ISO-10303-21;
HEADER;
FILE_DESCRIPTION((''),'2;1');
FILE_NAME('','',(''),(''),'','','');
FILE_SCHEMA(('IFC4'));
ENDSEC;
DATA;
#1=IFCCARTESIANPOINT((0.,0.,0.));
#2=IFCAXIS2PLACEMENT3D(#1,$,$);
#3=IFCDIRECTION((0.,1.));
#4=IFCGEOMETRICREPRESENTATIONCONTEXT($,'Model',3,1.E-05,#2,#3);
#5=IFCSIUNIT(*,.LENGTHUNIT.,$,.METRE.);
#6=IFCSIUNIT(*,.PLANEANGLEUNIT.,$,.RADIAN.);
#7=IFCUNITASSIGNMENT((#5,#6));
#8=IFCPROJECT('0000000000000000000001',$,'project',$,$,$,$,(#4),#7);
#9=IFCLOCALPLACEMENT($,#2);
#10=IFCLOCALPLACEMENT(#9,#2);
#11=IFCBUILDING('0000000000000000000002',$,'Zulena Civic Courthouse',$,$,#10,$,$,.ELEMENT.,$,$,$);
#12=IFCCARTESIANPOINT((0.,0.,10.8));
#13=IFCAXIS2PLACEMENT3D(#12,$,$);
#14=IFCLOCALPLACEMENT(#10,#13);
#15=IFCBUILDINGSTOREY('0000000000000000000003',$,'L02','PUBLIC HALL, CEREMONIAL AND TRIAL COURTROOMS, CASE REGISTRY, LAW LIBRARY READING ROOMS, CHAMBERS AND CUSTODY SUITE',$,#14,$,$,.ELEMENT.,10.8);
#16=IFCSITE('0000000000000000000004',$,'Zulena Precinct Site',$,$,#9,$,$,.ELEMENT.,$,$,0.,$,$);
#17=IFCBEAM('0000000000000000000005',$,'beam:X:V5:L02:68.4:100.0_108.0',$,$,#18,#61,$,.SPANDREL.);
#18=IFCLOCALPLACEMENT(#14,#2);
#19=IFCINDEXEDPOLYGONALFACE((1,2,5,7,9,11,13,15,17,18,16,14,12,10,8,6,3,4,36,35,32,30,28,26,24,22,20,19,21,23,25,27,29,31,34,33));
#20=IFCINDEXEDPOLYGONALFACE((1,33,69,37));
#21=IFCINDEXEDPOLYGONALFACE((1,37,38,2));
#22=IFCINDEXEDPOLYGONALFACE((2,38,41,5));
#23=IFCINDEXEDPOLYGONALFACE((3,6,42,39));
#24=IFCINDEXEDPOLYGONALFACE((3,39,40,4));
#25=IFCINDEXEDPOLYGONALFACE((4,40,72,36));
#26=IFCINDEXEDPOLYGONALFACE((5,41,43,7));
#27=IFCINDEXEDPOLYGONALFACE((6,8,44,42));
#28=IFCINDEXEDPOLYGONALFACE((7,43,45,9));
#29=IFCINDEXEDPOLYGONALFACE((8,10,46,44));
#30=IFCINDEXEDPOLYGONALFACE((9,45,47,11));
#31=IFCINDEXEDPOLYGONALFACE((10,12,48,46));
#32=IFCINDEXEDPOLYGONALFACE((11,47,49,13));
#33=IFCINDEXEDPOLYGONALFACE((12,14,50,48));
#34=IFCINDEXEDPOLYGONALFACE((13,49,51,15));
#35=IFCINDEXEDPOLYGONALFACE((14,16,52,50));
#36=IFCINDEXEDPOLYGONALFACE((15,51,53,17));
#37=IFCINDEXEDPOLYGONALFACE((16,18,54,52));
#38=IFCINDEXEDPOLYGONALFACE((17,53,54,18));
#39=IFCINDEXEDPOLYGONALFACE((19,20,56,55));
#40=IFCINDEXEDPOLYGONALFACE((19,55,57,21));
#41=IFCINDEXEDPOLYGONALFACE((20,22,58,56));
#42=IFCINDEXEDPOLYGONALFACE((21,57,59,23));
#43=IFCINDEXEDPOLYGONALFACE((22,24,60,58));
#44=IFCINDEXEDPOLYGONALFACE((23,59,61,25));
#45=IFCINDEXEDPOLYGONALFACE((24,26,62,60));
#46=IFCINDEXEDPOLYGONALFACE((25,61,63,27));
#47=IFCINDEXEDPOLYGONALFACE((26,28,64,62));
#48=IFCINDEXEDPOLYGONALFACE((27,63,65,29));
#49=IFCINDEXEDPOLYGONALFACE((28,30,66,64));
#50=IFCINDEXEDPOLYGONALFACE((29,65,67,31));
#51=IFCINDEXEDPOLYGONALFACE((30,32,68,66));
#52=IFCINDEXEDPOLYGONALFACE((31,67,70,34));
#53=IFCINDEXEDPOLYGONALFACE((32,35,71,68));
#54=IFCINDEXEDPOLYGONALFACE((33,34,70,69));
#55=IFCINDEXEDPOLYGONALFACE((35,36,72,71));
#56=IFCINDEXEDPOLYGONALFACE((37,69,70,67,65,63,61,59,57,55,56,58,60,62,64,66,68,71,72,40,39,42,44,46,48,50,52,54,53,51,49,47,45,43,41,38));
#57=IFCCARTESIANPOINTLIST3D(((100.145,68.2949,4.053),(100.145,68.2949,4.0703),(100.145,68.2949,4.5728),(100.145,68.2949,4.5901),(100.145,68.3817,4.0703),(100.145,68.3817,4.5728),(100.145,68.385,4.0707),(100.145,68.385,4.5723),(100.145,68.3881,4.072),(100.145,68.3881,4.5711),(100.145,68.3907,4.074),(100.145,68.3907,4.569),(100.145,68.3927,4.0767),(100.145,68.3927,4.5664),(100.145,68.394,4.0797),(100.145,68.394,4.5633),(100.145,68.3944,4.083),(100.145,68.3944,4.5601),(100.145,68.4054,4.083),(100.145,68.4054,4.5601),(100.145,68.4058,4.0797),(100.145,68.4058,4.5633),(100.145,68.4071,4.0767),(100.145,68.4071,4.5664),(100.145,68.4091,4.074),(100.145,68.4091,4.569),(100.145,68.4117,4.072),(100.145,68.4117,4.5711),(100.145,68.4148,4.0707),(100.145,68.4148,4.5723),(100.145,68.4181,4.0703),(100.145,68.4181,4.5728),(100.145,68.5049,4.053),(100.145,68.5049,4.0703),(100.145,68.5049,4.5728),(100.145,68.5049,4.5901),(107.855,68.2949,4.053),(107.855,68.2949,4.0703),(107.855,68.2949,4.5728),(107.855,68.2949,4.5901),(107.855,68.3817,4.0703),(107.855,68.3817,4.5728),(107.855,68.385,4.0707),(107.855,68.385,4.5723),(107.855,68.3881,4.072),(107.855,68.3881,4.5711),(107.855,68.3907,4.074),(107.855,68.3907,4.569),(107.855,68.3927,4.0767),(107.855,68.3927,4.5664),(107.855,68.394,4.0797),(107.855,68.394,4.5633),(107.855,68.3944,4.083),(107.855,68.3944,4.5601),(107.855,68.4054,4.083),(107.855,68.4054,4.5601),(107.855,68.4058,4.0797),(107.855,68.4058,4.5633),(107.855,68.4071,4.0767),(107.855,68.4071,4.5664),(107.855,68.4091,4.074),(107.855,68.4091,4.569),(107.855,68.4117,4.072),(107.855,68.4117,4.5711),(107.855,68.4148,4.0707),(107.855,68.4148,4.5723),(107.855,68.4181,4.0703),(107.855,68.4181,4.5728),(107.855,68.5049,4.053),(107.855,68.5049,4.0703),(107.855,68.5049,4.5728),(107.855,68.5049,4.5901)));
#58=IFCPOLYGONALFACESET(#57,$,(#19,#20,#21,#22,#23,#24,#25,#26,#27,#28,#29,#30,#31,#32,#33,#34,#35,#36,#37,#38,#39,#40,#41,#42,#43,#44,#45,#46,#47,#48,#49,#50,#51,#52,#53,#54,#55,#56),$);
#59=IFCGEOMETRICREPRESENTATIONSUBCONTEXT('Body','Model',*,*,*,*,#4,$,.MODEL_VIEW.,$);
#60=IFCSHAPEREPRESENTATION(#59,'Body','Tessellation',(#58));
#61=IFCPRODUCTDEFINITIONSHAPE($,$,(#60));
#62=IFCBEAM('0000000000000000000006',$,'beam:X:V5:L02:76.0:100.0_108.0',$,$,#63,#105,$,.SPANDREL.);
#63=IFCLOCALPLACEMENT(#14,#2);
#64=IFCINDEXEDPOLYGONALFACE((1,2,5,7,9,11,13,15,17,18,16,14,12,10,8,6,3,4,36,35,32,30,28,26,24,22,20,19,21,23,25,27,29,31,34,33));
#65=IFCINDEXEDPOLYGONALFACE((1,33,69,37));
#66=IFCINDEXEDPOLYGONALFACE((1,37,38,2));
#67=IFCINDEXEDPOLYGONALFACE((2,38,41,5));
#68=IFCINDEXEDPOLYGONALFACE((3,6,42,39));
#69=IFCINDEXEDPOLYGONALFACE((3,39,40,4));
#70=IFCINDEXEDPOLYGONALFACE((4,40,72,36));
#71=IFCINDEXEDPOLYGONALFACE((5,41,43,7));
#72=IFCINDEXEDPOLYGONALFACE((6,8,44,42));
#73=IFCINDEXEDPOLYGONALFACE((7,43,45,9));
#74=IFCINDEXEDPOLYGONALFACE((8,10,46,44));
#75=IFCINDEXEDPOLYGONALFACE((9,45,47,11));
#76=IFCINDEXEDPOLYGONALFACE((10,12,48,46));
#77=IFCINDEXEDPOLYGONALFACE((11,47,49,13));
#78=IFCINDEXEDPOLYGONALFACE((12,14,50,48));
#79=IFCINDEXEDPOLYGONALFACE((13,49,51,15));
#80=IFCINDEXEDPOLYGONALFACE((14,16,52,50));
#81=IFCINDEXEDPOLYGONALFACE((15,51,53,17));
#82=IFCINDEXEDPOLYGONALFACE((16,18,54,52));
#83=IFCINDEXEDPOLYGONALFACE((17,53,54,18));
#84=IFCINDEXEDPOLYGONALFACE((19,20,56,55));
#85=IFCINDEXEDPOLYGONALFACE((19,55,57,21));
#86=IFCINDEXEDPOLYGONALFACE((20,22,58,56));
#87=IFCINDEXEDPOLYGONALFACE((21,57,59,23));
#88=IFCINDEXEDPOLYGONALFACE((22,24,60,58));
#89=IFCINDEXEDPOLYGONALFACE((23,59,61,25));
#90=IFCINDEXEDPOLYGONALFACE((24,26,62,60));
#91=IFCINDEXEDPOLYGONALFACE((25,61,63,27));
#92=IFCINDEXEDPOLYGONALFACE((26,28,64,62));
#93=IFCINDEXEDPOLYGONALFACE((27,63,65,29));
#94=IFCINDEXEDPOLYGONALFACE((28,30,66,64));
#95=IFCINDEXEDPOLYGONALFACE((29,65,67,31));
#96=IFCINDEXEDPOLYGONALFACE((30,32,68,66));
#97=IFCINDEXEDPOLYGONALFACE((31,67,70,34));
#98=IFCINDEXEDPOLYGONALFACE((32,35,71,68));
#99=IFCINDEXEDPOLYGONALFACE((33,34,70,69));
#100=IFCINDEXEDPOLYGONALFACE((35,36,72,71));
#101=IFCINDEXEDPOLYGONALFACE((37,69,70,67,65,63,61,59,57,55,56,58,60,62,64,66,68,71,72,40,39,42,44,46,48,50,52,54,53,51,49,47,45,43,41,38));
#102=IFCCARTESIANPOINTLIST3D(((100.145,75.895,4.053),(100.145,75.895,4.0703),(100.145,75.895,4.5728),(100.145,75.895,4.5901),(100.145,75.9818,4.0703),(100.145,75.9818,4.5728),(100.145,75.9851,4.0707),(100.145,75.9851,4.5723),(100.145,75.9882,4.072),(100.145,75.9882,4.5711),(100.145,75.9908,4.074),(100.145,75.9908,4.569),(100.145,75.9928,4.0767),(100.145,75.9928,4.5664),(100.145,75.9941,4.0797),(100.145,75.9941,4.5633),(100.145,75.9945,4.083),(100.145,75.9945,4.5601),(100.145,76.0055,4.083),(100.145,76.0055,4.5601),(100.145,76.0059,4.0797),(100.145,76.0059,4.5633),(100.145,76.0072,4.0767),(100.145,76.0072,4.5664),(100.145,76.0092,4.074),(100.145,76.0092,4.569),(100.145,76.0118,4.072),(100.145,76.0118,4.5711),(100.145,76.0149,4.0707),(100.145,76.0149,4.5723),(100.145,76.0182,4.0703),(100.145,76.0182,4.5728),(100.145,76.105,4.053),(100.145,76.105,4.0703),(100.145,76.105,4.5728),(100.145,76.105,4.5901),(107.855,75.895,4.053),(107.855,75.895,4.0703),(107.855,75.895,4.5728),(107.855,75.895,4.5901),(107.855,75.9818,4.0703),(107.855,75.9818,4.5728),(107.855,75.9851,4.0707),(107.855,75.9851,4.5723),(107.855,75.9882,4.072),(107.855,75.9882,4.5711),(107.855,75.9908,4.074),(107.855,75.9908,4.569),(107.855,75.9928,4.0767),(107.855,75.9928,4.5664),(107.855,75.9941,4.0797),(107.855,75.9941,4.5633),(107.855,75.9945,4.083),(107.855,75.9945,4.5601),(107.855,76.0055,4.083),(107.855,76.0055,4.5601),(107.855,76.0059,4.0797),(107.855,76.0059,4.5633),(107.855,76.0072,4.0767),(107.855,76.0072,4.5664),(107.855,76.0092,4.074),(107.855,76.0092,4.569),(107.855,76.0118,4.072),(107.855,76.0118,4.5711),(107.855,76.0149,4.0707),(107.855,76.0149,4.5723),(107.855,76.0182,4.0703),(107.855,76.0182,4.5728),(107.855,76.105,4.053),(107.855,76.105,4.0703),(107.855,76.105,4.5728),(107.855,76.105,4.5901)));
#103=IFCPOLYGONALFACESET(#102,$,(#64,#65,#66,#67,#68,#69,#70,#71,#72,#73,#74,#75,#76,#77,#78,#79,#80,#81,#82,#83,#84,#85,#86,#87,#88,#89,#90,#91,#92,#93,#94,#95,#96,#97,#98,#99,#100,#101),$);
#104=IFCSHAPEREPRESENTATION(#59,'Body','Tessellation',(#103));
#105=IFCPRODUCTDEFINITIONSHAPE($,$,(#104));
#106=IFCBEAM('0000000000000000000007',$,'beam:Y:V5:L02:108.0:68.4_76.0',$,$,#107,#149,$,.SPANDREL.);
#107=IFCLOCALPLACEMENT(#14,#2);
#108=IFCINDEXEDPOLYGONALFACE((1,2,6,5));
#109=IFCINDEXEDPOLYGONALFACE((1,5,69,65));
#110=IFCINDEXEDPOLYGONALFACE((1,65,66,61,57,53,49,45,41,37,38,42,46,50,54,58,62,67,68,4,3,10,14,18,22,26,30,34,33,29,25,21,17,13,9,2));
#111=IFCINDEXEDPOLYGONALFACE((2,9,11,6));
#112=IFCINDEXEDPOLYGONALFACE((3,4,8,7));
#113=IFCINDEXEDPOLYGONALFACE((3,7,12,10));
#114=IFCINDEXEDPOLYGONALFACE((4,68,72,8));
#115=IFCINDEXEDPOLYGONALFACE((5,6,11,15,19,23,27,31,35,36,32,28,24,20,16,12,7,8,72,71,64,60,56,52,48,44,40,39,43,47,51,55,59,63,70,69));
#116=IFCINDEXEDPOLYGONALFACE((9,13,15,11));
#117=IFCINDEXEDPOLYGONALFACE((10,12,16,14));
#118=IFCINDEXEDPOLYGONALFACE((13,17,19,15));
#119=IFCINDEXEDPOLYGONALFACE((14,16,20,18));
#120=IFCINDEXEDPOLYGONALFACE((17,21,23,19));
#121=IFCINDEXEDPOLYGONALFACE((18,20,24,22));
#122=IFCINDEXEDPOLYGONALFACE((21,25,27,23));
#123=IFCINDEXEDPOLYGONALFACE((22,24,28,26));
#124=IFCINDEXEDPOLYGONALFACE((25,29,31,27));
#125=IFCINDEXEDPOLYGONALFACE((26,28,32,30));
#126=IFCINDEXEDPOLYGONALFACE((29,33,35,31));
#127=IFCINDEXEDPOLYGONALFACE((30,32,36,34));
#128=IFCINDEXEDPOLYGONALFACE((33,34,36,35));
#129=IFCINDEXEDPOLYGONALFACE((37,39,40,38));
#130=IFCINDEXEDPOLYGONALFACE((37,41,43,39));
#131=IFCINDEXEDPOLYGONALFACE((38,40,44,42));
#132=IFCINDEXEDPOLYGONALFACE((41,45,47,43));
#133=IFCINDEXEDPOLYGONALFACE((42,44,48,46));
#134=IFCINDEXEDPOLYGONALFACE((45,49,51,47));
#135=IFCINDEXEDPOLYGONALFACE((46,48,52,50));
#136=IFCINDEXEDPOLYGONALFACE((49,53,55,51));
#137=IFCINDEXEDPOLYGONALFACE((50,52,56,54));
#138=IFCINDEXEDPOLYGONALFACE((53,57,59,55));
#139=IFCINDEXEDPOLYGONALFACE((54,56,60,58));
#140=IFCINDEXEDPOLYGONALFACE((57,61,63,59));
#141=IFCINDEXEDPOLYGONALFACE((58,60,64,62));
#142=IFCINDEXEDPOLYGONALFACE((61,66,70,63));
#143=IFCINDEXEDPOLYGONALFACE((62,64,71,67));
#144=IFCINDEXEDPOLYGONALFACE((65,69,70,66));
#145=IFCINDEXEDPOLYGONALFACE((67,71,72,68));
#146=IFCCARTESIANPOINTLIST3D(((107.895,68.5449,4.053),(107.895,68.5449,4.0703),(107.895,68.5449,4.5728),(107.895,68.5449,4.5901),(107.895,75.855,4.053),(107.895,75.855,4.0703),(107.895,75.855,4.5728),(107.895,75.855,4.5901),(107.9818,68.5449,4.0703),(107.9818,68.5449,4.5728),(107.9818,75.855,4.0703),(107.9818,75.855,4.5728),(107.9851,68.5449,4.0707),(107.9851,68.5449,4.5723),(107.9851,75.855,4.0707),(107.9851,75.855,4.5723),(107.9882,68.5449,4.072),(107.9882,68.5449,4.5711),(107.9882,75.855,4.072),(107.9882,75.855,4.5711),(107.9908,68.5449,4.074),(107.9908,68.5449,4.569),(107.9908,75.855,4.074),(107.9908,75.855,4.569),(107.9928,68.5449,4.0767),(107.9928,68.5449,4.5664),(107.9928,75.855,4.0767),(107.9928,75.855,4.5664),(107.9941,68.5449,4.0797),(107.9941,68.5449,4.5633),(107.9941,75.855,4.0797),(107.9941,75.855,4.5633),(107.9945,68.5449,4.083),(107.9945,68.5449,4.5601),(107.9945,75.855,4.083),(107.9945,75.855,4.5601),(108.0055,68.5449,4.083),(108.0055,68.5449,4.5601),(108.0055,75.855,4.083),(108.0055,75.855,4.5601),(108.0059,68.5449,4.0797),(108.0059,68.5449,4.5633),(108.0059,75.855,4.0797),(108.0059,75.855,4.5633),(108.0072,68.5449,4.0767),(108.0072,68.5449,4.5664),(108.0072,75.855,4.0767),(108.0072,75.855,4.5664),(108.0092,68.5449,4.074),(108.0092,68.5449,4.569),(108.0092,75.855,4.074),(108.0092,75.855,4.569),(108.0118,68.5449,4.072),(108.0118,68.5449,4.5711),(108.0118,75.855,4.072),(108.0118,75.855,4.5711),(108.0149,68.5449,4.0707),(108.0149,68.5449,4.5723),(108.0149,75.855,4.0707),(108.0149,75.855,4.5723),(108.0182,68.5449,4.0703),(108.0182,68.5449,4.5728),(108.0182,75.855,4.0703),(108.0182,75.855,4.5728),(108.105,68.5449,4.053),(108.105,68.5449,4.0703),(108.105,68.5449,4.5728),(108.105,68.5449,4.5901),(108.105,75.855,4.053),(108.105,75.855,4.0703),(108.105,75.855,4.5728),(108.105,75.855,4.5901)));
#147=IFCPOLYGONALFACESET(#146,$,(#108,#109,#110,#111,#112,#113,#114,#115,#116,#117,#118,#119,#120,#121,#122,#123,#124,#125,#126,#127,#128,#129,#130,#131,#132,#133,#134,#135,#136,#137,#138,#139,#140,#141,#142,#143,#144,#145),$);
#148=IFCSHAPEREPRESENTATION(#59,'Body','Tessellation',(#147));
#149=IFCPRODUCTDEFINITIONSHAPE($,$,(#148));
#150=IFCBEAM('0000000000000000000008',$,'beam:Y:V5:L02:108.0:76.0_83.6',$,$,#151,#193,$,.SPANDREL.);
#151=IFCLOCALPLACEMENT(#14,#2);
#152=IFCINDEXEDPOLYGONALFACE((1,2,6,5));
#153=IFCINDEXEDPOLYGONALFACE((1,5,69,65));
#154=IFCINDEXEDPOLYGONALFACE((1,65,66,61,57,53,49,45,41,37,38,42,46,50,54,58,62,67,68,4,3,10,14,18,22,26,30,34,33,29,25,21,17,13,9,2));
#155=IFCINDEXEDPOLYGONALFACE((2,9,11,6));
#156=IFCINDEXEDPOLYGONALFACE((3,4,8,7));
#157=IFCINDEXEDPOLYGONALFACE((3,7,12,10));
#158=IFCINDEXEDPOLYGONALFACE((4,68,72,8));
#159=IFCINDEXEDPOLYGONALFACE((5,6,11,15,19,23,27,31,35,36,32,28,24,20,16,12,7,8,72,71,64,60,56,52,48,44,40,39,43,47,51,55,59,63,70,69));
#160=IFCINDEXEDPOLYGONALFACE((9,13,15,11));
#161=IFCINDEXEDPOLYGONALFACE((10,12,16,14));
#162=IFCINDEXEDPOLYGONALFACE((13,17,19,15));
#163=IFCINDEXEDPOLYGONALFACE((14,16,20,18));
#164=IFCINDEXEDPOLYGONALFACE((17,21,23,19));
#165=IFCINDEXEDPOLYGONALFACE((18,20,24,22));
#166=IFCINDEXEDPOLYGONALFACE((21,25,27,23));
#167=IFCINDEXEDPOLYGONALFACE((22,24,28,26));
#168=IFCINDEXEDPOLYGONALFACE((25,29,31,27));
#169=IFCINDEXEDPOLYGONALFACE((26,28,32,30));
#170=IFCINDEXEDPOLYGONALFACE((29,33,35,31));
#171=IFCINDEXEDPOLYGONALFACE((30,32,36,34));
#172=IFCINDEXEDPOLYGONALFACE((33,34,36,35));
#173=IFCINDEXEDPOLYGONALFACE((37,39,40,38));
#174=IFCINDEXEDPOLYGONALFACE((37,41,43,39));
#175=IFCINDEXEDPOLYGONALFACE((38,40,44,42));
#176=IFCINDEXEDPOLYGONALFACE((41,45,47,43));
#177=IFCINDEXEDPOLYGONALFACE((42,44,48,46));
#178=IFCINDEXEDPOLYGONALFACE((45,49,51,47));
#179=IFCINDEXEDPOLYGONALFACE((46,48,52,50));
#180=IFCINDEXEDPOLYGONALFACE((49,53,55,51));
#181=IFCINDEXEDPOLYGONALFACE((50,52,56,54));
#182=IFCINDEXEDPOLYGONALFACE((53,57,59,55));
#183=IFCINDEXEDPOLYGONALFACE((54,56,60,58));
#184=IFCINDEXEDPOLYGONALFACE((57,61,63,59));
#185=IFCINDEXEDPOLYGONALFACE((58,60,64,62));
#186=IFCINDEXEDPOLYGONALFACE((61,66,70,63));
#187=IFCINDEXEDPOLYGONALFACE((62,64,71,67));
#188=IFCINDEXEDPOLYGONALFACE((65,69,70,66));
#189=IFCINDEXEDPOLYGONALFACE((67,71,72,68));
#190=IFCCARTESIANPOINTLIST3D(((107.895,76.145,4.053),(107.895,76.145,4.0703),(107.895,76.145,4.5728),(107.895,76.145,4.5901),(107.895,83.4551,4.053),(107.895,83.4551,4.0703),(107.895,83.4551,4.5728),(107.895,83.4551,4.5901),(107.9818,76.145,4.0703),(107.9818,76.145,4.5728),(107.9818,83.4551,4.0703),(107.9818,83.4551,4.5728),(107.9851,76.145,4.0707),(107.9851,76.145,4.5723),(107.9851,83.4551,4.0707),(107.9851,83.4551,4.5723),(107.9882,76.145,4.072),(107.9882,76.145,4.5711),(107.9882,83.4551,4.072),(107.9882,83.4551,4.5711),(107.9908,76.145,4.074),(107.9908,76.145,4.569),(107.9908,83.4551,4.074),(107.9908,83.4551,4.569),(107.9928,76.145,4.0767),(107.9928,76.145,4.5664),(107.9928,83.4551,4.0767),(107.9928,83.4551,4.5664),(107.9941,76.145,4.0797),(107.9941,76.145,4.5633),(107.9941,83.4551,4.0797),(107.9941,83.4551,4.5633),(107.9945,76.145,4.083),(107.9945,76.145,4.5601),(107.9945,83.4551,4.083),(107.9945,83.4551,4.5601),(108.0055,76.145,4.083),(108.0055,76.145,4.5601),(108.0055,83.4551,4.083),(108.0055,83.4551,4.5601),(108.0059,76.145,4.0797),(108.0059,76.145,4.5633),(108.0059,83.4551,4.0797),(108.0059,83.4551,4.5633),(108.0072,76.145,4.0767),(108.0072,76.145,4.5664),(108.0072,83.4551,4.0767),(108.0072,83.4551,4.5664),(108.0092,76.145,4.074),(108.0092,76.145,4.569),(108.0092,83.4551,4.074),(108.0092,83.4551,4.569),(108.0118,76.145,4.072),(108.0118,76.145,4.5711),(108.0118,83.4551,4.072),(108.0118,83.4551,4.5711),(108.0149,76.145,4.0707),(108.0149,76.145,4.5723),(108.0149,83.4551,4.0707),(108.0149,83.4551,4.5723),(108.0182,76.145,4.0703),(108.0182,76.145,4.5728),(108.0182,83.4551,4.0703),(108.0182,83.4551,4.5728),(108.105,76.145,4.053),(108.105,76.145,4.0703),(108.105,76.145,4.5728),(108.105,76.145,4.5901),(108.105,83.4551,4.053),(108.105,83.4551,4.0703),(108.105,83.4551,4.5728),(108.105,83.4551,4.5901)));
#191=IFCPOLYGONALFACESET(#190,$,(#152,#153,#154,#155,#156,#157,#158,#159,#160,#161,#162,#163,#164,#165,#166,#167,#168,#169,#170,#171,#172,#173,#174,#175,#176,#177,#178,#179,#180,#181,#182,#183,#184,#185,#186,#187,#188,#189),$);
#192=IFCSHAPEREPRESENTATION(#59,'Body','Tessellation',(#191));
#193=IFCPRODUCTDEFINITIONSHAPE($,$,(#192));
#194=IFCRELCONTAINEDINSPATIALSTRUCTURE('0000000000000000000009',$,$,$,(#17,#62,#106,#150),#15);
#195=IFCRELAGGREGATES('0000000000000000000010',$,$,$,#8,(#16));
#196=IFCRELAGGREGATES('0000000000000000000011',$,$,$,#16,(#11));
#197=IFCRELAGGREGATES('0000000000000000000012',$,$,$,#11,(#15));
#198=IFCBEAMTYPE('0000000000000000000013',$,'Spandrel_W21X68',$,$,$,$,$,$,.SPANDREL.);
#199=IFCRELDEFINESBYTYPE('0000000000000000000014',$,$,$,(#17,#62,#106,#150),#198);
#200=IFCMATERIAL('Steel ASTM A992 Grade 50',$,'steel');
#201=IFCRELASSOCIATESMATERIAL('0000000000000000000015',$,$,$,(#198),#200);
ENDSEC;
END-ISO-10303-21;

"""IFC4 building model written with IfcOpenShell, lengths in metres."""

from ifc_helpers import new_model, si_unit, direction, frame, origin, origin_2d, place, context, subcontext, project, spatial, i_section, extrude, material, material_profile, profile_set, type_object, element, save


model = new_model("IFC4")

# Units and contexts
model_context = context("Model", 3, precision=1e-05, world=origin(), true_north=direction((0.0, 1.0)))
body_context = subcontext(model_context, "Body", "Model", "MODEL_VIEW")
ifc_project = project(units=[si_unit("LENGTHUNIT", "METRE"), si_unit("PLANEANGLEUNIT", "RADIAN")], contexts=[model_context])

# Site, building, storey
site_placement = place(None, origin())
site = spatial("IfcSite", under=ifc_project, at=site_placement, Name="Zulena Precinct Site", CompositionType="ELEMENT", RefElevation=0.0)
building_placement = place(site_placement, origin())
building = spatial("IfcBuilding", under=site, at=building_placement, Name="Zulena Civic Courthouse", CompositionType="ELEMENT")
storey_placement = place(building_placement, frame((0.0, 0.0, 10.8)))
storey = spatial("IfcBuildingStorey", under=building, at=storey_placement, Name="L02", Description="PUBLIC HALL, CEREMONIAL AND TRIAL COURTROOMS, CASE REGISTRY, LAW LIBRARY READING ROOMS, CHAMBERS AND CUSTODY SUITE", CompositionType="ELEMENT", Elevation=10.8)

# Shared definitions
ifc_material_1 = material(Name="Steel ASTM A992 Grade 50", Category="steel")

# Beams
ifc_material_profile_1 = material_profile(ifc_material_1, i_section(OverallWidth=0.21, OverallDepth=0.5371, WebThickness=0.011, FlangeThickness=0.0173, FilletRadius=0.0127, at=origin_2d()), Name="W21X68")
ifc_profile_set_1 = profile_set([ifc_material_profile_1], Name="Steel ASTM A992 Grade 50")
beam_type_1 = type_object("IfcBeamType", Name="Spandrel_W21X68", PredefinedType="SPANDREL", material=ifc_profile_set_1)
for number, where, z_axis, x_axis, name in (
    (1, (100.145, 68.3999, 4.3215), (1.0, 0.0, 0.0), (0.0, 1.0, 0.0), "beam:X:V5:L02:68.4:100.0_108.0"),
    (2, (100.145, 76.0, 4.3215), (1.0, 0.0, 0.0), (0.0, 1.0, 0.0), "beam:X:V5:L02:76.0:100.0_108.0"),
):
    element("IfcBeam", number, at=place(storey_placement, frame(where, z_axis=z_axis, x_axis=x_axis)), inside=storey, type_object=beam_type_1, Name=name, PredefinedType="SPANDREL", context=body_context, shape_type="SweptSolid", body=[
        extrude(i_section(OverallWidth=0.21, OverallDepth=0.5371, WebThickness=0.011, FlangeThickness=0.0173, FilletRadius=0.0127, at=origin_2d()), origin(), (0.0, 0.0, 1.0), 7.71),
    ])
for number, where, z_axis, x_axis, name in (
    (3, (108.0, 68.5449, 4.3215), (0.0, 1.0, 0.0), (-1.0, 0.0, 0.0), "beam:Y:V5:L02:108.0:68.4_76.0"),
    (4, (108.0, 76.145, 4.3215), (0.0, 1.0, 0.0), (-1.0, 0.0, 0.0), "beam:Y:V5:L02:108.0:76.0_83.6"),
):
    element("IfcBeam", number, at=place(storey_placement, frame(where, z_axis=z_axis, x_axis=x_axis)), inside=storey, type_object=beam_type_1, Name=name, PredefinedType="SPANDREL", context=body_context, shape_type="SweptSolid", body=[
        extrude(i_section(OverallWidth=0.21, OverallDepth=0.5371, WebThickness=0.011, FlangeThickness=0.0173, FilletRadius=0.0127, at=origin_2d()), origin(), (0.0, 0.0, 1.0), 7.3101),
    ])

save(model, "model.ifc")
